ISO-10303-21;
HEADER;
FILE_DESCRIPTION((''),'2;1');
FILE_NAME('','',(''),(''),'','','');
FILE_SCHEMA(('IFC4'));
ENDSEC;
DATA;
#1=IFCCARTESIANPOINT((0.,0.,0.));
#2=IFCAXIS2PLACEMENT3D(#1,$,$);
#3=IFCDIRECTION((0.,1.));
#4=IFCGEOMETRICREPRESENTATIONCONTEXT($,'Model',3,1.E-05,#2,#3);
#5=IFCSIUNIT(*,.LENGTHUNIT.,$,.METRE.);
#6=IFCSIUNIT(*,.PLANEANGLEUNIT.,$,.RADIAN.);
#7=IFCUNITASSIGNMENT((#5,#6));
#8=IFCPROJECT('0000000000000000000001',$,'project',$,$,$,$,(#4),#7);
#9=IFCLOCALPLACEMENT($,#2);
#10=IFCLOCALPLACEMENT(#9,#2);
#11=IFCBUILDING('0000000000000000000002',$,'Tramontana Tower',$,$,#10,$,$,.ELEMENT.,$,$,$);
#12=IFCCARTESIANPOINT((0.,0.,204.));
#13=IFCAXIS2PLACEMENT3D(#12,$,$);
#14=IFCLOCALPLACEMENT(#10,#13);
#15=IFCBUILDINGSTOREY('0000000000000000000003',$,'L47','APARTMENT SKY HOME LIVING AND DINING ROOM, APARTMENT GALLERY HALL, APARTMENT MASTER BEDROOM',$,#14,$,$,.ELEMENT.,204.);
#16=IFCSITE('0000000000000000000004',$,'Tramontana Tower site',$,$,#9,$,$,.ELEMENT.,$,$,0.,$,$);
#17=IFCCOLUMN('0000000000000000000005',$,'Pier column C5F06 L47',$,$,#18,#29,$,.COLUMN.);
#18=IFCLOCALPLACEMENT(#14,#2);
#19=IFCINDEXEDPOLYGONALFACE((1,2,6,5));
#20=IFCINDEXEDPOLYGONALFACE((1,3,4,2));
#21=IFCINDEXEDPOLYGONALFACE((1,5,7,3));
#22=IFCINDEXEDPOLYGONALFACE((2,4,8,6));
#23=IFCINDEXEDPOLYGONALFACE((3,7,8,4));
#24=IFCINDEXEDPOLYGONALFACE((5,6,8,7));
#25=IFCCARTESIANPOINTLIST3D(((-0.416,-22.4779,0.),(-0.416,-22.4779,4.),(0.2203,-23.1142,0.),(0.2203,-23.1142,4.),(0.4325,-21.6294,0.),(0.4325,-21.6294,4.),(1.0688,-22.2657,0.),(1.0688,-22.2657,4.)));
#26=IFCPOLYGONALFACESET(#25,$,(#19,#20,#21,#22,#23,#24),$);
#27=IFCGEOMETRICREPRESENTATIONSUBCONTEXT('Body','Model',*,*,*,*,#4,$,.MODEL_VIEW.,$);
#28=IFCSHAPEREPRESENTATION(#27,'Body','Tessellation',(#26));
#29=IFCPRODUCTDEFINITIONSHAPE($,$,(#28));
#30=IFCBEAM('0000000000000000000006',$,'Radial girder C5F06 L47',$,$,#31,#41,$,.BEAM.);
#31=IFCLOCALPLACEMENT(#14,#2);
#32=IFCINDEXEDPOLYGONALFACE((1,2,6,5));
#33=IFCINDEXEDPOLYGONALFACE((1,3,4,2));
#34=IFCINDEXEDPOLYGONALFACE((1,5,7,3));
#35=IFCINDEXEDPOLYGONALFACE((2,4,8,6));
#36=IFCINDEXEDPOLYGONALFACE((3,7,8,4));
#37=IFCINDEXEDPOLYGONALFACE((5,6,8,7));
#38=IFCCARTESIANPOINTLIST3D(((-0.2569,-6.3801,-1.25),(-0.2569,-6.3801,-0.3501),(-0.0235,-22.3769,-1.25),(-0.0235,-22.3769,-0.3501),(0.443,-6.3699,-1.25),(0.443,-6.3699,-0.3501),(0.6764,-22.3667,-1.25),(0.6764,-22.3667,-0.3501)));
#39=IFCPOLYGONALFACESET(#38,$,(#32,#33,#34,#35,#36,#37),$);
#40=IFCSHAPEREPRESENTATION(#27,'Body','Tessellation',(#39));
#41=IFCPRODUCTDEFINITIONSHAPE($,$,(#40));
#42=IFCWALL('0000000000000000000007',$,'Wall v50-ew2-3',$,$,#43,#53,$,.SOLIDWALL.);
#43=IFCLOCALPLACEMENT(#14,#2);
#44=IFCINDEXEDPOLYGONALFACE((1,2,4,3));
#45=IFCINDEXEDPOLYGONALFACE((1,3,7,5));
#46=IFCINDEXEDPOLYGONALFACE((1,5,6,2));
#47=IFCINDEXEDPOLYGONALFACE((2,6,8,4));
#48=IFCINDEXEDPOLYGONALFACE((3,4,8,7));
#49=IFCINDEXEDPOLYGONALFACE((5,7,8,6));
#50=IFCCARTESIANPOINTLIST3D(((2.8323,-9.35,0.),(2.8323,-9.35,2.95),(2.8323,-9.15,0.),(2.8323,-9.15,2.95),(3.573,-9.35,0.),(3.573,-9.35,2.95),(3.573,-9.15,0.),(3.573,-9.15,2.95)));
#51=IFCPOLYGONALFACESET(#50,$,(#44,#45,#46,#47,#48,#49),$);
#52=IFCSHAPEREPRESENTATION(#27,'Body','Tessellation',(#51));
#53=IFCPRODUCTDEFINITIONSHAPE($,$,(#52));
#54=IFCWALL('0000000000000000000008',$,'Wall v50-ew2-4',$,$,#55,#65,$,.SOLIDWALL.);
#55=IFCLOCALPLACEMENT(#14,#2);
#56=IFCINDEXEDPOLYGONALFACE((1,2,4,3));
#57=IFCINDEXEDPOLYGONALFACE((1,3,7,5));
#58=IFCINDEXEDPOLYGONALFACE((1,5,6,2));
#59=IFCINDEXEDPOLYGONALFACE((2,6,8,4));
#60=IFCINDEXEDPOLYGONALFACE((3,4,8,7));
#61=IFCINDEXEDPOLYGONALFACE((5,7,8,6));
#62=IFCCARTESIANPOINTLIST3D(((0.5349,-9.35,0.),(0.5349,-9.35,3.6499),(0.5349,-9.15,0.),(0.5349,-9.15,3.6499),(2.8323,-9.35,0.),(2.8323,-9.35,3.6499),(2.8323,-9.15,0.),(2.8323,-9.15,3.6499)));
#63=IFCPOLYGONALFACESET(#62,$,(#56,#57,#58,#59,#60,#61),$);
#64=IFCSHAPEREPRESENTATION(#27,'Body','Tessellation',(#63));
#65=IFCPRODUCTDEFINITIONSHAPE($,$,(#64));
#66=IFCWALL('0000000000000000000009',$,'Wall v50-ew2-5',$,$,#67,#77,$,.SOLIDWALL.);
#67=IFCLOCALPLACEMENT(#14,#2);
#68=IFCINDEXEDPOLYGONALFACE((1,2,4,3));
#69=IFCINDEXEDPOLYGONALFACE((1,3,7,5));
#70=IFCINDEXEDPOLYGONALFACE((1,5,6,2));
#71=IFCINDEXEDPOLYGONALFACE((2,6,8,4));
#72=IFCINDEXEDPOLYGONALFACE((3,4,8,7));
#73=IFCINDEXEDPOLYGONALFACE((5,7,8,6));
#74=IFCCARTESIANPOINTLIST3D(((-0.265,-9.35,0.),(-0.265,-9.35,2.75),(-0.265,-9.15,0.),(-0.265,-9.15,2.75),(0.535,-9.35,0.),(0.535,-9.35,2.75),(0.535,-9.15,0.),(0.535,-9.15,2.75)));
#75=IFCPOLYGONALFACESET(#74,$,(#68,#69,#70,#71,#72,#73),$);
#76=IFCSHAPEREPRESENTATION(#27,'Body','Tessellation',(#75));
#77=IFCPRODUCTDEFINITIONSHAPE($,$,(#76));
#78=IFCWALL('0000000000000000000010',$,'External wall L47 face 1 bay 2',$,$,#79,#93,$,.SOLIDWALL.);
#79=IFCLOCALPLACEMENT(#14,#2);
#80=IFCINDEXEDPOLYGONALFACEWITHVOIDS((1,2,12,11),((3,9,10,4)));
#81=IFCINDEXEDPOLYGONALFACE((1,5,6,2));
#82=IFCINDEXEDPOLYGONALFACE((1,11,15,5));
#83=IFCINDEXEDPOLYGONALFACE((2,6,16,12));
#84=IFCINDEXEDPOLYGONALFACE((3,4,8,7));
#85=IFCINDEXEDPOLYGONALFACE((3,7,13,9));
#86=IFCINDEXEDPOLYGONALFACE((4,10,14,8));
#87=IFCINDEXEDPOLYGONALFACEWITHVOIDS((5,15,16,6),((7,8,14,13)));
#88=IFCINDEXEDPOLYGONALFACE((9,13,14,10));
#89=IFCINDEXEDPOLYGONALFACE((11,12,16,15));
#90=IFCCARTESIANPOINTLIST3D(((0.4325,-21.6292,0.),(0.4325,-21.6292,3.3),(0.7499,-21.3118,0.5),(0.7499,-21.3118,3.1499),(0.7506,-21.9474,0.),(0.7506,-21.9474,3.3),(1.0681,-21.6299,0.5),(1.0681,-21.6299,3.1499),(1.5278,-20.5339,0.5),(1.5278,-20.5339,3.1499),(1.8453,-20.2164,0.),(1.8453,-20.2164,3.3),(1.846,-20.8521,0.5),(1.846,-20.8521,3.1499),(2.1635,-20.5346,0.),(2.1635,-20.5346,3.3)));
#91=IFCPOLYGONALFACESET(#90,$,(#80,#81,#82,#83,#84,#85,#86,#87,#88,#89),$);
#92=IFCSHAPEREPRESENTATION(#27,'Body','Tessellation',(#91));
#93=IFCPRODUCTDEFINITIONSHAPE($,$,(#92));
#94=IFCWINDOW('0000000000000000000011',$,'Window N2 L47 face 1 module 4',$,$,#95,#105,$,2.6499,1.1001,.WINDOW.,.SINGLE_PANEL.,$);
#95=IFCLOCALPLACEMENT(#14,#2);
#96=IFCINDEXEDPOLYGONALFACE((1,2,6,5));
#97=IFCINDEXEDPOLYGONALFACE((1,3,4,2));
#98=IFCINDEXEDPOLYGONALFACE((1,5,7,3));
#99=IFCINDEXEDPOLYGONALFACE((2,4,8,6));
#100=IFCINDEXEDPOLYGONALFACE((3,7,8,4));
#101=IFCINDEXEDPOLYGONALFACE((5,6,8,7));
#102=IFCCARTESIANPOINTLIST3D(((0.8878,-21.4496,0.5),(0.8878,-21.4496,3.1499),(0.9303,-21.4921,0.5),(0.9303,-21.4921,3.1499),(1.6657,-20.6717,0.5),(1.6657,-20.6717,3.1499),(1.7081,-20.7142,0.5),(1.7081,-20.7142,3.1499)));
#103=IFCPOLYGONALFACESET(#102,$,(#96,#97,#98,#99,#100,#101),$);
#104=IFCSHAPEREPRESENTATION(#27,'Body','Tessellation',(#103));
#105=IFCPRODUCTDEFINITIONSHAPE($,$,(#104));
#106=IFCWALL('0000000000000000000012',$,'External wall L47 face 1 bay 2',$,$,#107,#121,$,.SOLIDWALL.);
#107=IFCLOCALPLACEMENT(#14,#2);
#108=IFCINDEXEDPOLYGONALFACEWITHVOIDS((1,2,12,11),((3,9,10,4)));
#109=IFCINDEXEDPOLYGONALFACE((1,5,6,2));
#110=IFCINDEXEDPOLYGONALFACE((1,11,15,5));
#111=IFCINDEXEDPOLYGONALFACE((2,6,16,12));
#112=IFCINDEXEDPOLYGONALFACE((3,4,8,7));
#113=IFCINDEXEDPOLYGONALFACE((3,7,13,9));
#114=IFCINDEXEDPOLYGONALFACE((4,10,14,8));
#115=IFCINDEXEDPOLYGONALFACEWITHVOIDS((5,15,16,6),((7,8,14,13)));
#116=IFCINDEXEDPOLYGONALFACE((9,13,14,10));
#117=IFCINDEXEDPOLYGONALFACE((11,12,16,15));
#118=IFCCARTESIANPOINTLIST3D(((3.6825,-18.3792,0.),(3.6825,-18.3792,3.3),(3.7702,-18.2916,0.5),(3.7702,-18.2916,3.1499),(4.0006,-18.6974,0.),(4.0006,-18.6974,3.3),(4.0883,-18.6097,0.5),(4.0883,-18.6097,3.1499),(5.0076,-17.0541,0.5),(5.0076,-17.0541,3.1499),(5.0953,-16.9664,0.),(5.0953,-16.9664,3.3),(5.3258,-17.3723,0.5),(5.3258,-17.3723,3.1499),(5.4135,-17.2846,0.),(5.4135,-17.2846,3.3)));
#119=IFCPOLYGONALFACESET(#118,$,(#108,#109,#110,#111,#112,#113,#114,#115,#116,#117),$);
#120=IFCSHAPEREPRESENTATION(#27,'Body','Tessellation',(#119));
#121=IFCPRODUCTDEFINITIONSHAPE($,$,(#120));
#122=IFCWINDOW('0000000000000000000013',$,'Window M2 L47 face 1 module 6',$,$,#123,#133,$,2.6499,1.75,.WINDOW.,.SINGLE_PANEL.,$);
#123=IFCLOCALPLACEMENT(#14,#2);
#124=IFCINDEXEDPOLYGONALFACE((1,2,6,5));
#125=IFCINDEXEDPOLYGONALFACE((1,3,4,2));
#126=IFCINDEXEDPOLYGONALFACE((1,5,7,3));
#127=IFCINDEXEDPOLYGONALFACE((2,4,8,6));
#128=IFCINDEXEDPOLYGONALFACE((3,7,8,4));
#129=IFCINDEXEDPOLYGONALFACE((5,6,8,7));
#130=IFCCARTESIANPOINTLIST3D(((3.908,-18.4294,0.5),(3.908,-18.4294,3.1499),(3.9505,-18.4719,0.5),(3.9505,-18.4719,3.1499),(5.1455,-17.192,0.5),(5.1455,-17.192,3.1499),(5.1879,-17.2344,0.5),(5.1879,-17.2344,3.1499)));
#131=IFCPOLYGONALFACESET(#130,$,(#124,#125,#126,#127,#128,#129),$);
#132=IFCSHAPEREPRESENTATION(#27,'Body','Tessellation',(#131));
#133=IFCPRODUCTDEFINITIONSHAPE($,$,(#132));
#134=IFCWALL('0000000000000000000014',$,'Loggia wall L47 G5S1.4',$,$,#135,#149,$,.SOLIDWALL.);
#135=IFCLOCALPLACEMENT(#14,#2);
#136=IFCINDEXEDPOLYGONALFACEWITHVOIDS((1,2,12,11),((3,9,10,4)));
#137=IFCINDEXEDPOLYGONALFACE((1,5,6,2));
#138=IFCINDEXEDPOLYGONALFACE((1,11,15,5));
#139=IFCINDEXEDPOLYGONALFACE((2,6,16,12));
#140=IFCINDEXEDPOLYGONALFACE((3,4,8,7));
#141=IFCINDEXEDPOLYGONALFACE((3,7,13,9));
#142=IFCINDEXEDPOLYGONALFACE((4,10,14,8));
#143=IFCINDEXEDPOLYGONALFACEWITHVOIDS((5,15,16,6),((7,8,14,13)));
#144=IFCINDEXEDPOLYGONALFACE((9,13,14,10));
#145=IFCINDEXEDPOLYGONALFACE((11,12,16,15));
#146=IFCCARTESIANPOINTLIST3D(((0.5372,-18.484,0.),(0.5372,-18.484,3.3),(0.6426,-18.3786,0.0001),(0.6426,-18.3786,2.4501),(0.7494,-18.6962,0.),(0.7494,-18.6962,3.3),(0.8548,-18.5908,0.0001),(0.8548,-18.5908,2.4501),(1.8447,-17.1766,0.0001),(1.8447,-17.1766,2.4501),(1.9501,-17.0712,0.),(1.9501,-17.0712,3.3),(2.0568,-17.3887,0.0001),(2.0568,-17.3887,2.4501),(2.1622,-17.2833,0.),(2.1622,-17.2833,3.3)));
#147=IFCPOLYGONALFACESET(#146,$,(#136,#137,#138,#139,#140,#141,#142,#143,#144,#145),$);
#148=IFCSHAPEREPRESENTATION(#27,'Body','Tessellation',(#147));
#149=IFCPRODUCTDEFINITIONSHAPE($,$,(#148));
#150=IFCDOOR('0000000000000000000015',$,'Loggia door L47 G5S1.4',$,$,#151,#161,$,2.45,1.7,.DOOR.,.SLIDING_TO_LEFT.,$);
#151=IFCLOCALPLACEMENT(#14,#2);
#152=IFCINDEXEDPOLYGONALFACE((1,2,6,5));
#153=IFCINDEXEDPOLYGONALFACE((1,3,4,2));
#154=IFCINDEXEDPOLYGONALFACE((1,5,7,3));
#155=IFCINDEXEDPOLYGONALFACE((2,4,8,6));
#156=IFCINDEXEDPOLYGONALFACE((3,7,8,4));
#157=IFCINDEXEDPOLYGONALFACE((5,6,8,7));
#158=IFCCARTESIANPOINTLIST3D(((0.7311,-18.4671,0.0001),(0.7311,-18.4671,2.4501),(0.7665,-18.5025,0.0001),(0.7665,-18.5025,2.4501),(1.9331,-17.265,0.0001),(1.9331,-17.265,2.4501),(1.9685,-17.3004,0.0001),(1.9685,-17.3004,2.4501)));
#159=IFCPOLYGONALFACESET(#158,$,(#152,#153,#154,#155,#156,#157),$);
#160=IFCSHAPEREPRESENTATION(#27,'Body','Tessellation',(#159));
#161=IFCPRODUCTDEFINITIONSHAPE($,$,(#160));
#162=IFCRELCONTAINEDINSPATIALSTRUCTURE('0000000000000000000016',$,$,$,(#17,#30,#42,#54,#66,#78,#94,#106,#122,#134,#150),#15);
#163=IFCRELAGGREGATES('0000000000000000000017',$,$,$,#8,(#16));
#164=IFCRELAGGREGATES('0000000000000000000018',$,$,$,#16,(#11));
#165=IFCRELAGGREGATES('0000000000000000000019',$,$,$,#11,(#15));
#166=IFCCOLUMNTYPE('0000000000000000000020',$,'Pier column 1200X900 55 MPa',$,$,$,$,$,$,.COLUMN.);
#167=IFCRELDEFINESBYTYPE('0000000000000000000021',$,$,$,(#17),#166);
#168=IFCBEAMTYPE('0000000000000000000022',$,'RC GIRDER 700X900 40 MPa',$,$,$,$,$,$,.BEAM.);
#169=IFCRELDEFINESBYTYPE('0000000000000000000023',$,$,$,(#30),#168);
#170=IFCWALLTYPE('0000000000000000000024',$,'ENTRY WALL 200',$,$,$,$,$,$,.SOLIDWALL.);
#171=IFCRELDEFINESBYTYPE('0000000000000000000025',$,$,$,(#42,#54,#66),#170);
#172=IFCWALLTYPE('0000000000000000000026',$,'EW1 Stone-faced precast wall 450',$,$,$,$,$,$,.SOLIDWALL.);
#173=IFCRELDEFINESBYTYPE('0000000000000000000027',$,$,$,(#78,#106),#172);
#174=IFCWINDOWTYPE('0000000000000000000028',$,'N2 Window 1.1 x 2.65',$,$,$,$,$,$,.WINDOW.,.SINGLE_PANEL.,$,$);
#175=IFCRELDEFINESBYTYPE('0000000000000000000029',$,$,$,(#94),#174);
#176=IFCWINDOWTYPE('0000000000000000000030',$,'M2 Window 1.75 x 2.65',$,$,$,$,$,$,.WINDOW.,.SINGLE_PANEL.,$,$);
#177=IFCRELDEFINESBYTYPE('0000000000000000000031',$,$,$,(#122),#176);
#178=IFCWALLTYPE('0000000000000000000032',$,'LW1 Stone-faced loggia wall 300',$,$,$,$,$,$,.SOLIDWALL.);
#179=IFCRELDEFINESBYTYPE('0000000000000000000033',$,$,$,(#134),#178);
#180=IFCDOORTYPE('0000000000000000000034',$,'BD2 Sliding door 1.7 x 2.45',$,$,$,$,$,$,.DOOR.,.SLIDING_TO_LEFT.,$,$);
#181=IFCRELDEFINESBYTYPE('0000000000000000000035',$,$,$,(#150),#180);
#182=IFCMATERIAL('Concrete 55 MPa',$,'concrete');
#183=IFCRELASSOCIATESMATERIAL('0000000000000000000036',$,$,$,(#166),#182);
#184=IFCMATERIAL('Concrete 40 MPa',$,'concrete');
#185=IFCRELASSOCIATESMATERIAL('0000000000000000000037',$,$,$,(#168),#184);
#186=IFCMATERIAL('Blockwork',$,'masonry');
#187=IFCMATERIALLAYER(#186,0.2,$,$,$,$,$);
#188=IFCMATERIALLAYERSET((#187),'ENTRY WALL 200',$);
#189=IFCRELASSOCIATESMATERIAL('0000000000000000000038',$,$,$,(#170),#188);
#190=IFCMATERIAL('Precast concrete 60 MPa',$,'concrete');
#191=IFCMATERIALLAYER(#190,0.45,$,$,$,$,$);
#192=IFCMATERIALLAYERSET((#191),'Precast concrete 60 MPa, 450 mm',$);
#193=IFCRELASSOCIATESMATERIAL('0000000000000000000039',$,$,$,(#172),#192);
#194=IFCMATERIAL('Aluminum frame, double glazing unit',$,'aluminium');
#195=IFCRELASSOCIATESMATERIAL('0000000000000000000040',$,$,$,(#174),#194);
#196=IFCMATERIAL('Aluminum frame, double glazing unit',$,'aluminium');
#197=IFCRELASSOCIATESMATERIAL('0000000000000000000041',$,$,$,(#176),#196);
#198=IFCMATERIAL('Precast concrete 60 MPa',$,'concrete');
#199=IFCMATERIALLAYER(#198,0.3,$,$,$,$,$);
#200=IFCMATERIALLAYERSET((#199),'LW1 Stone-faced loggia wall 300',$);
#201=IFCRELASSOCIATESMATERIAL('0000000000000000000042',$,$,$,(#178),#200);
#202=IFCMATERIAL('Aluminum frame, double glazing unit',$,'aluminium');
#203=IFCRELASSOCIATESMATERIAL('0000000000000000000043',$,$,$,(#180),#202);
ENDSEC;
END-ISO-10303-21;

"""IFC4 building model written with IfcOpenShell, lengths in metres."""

from ifc_helpers import new_model, si_unit, direction, frame, frame_2d, origin, origin_2d, place, context, subcontext, project, spatial, rectangle, extrude, material, layer, layer_set, material_profile, profile_set, type_object, element, fill, save


model = new_model("IFC4")

# Units and contexts
model_context = context("Model", 3, precision=1e-05, world=origin(), true_north=direction((0.0, 1.0)))
body_context = subcontext(model_context, "Body", "Model", "MODEL_VIEW")
ifc_project = project(units=[si_unit("LENGTHUNIT", "METRE"), si_unit("PLANEANGLEUNIT", "RADIAN")], contexts=[model_context])

# Site, building, storey
site_placement = place(None, origin())
site = spatial("IfcSite", under=ifc_project, at=site_placement, Name="Tramontana Tower site", CompositionType="ELEMENT", RefElevation=0.0)
building_placement = place(site_placement, origin())
building = spatial("IfcBuilding", under=site, at=building_placement, Name="Tramontana Tower", CompositionType="ELEMENT")
storey_placement = place(building_placement, frame((0.0, 0.0, 204.0)))
storey = spatial("IfcBuildingStorey", under=building, at=storey_placement, Name="L47", Description="APARTMENT SKY HOME LIVING AND DINING ROOM, APARTMENT GALLERY HALL, APARTMENT MASTER BEDROOM", CompositionType="ELEMENT", Elevation=204.0)

# Column
ifc_material_1 = material(Name="Concrete 55 MPa", Category="concrete")
ifc_material_profile_1 = material_profile(ifc_material_1, rectangle(XDim=1.2, YDim=0.8999, at=origin_2d()), Name="Pier column 1200X900 55 MPa")
ifc_profile_set_1 = profile_set([ifc_material_profile_1], Name="Concrete 55 MPa")
column_type = type_object("IfcColumnType", Name="Pier column 1200X900 55 MPa", PredefinedType="COLUMN", material=ifc_profile_set_1)
column_placement = place(storey_placement, frame((0.3264, -22.3718, 0.0), z_axis=(0.0, 0.0, 1.0), x_axis=(0.707107, 0.707107, 0.0)))
element("IfcColumn", 1, at=column_placement, inside=storey, type_object=column_type, Name="Pier column C5F06 L47", PredefinedType="COLUMN", context=body_context, shape_type="SweptSolid", body=[
    extrude(rectangle(XDim=1.2, YDim=0.8999, at=origin_2d()), origin(), (0.0, 0.0, 1.0), 4.0),
])

# Beam
ifc_material_2 = material(Name="Concrete 40 MPa", Category="concrete")
ifc_material_profile_2 = material_profile(ifc_material_2, rectangle(XDim=0.7, YDim=0.8999, at=origin_2d()), Name="RC GIRDER 700X900 40 MPa")
ifc_profile_set_2 = profile_set([ifc_material_profile_2], Name="Concrete 40 MPa")
beam_type = type_object("IfcBeamType", Name="RC GIRDER 700X900 40 MPa", PredefinedType="BEAM", material=ifc_profile_set_2)
beam_placement = place(storey_placement, frame((0.3264, -22.3718, -0.8), z_axis=(-0.014589, 0.999894, 0.0), x_axis=(-0.999894, -0.014589, 0.0)))
element("IfcBeam", 2, at=beam_placement, inside=storey, type_object=beam_type, Name="Radial girder C5F06 L47", PredefinedType="BEAM", context=body_context, shape_type="SweptSolid", body=[
    extrude(rectangle(XDim=0.7, YDim=0.8999, at=origin_2d()), origin(), (0.0, 0.0, 1.0), 15.9985),
])

# Walls
ifc_material_3 = material(Name="Blockwork", Category="masonry")
ifc_layer_1 = layer(ifc_material_3, 0.2)
ifc_layer_set_1 = layer_set([ifc_layer_1], Name="ENTRY WALL 200")
wall_type_1 = type_object("IfcWallType", Name="ENTRY WALL 200", PredefinedType="SOLIDWALL", material=ifc_layer_set_1)
wall_1_placement = place(storey_placement, frame((3.573, -9.25, 0.0), z_axis=(0.0, 0.0, 1.0), x_axis=(-1.0, 0.0, 0.0)))
element("IfcWall", 3, at=wall_1_placement, inside=storey, type_object=wall_type_1, Name="Wall v50-ew2-3", PredefinedType="SOLIDWALL", context=body_context, shape_type="SweptSolid", body=[
    extrude(rectangle(XDim=0.7407, YDim=0.2, at=frame_2d((0.3704, 0.0))), origin(), (0.0, 0.0, 1.0), 2.95),
])
wall_2_placement = place(storey_placement, frame((2.8323, -9.25, 0.0), z_axis=(0.0, 0.0, 1.0), x_axis=(-1.0, 0.0, 0.0)))
element("IfcWall", 4, at=wall_2_placement, inside=storey, type_object=wall_type_1, Name="Wall v50-ew2-4", PredefinedType="SOLIDWALL", context=body_context, shape_type="SweptSolid", body=[
    extrude(rectangle(XDim=2.2974, YDim=0.2, at=frame_2d((1.1487, 0.0))), origin(), (0.0, 0.0, 1.0), 3.6499),
])
wall_3_placement = place(storey_placement, frame((0.5349, -9.25, 0.0), z_axis=(0.0, 0.0, 1.0), x_axis=(-1.0, 0.0, 0.0)))
element("IfcWall", 5, at=wall_3_placement, inside=storey, type_object=wall_type_1, Name="Wall v50-ew2-5", PredefinedType="SOLIDWALL", context=body_context, shape_type="SweptSolid", body=[
    extrude(rectangle(XDim=0.8, YDim=0.2, at=frame_2d((0.3999, 0.0))), origin(), (0.0, 0.0, 1.0), 2.75),
])

# Walls, openings, windows
ifc_material_4 = material(Name="Precast concrete 60 MPa", Category="concrete")
ifc_layer_2 = layer(ifc_material_4, 0.45)
ifc_layer_set_2 = layer_set([ifc_layer_2], Name="Precast concrete 60 MPa, 450 mm")
wall_type_2 = type_object("IfcWallType", Name="EW1 Stone-faced precast wall 450", PredefinedType="SOLIDWALL", material=ifc_layer_set_2)
wall_4_placement = place(storey_placement, frame((0.5916, -21.7883, 0.0), z_axis=(0.0, 0.0, 1.0), x_axis=(0.707107, 0.707107, 0.0)))
wall_4 = element("IfcWall", 6, at=wall_4_placement, inside=storey, type_object=wall_type_2, Name="External wall L47 face 1 bay 2", PredefinedType="SOLIDWALL", context=body_context, shape_type="SweptSolid", body=[
    extrude(rectangle(XDim=1.998, YDim=0.45, at=frame_2d((0.999, 0.0))), origin(), (0.0, 0.0, 1.0), 3.3),
])
opening_1_placement = place(wall_4_placement, frame((0.449, 0.0, 0.5)))
opening_1 = element("IfcOpeningElement", 7, at=opening_1_placement, cuts=wall_4, PredefinedType="OPENING", context=body_context, shape_type="SweptSolid", body=[
    extrude(rectangle(XDim=1.1001, YDim=2.6499, at=frame_2d((0.55, 1.325))), frame((0.0, 0.2349, 0.0), z_axis=(0.0, -1.0, 0.0), x_axis=(1.0, 0.0, 0.0)), (0.0, 0.0, 1.0), 0.47),
])
ifc_material_5 = material(Name="Aluminum frame, double glazing unit", Category="aluminium")
window_type_1 = type_object("IfcWindowType", Name="N2 Window 1.1 x 2.65", PartitioningType="SINGLE_PANEL", PredefinedType="WINDOW", material=ifc_material_5)
window_1_placement = place(opening_1_placement, origin())
window_1 = element("IfcWindow", 8, at=window_1_placement, inside=storey, type_object=window_type_1, Name="Window N2 L47 face 1 module 4", OverallHeight=2.6499, OverallWidth=1.1001, PartitioningType="SINGLE_PANEL", PredefinedType="WINDOW", context=body_context, shape_type="SweptSolid", body=[
    extrude(rectangle(XDim=1.1001, YDim=2.6499, at=frame_2d((0.55, 1.325))), frame((0.0, 0.03, 0.0), z_axis=(0.0, -1.0, 0.0), x_axis=(1.0, 0.0, 0.0)), (0.0, 0.0, 1.0), 0.0601),
])
fill(opening_1, window_1)
wall_5_placement = place(storey_placement, frame((3.8416, -18.5383, 0.0), z_axis=(0.0, 0.0, 1.0), x_axis=(0.707107, 0.707107, 0.0)))
wall_5 = element("IfcWall", 9, at=wall_5_placement, inside=storey, type_object=wall_type_2, Name="External wall L47 face 1 bay 2", PredefinedType="SOLIDWALL", context=body_context, shape_type="SweptSolid", body=[
    extrude(rectangle(XDim=1.998, YDim=0.45, at=frame_2d((0.999, 0.0))), origin(), (0.0, 0.0, 1.0), 3.3),
])
opening_2_placement = place(wall_5_placement, frame((0.124, 0.0, 0.5)))
opening_2 = element("IfcOpeningElement", 10, at=opening_2_placement, cuts=wall_5, PredefinedType="OPENING", context=body_context, shape_type="SweptSolid", body=[
    extrude(rectangle(XDim=1.75, YDim=2.6499, at=frame_2d((0.875, 1.325))), frame((0.0, 0.2349, 0.0), z_axis=(0.0, -1.0, 0.0), x_axis=(1.0, 0.0, 0.0)), (0.0, 0.0, 1.0), 0.47),
])
ifc_material_6 = material(Name="Aluminum frame, double glazing unit", Category="aluminium")
window_type_2 = type_object("IfcWindowType", Name="M2 Window 1.75 x 2.65", PartitioningType="SINGLE_PANEL", PredefinedType="WINDOW", material=ifc_material_6)
window_2_placement = place(opening_2_placement, origin())
window_2 = element("IfcWindow", 11, at=window_2_placement, inside=storey, type_object=window_type_2, Name="Window M2 L47 face 1 module 6", OverallHeight=2.6499, OverallWidth=1.75, PartitioningType="SINGLE_PANEL", PredefinedType="WINDOW", context=body_context, shape_type="SweptSolid", body=[
    extrude(rectangle(XDim=1.75, YDim=2.6499, at=frame_2d((0.875, 1.325))), frame((0.0, 0.03, 0.0), z_axis=(0.0, -1.0, 0.0), x_axis=(1.0, 0.0, 0.0)), (0.0, 0.0, 1.0), 0.0601),
])
fill(opening_2, window_2)

# Wall, opening, door
ifc_material_7 = material(Name="Precast concrete 60 MPa", Category="concrete")
ifc_layer_3 = layer(ifc_material_7, 0.3)
ifc_layer_set_3 = layer_set([ifc_layer_3], Name="LW1 Stone-faced loggia wall 300")
wall_type_3 = type_object("IfcWallType", Name="LW1 Stone-faced loggia wall 300", PredefinedType="SOLIDWALL", material=ifc_layer_set_3)
wall_6_placement = place(storey_placement, frame((0.6433, -18.5901, 0.0), z_axis=(0.0, 0.0, 1.0), x_axis=(0.707107, 0.707107, 0.0)))
wall_6 = element("IfcWall", 12, at=wall_6_placement, inside=storey, type_object=wall_type_3, Name="Loggia wall L47 G5S1.4", PredefinedType="SOLIDWALL", context=body_context, shape_type="SweptSolid", body=[
    extrude(rectangle(XDim=1.998, YDim=0.3, at=frame_2d((0.999, 0.0))), origin(), (0.0, 0.0, 1.0), 3.3),
])
opening_3_placement = place(wall_6_placement, frame((0.1489, 0.0, 0.0)))
opening_3 = element("IfcOpeningElement", 13, at=opening_3_placement, cuts=wall_6, PredefinedType="OPENING", context=body_context, shape_type="SweptSolid", body=[
    extrude(rectangle(XDim=1.7, YDim=2.45, at=frame_2d((0.8501, 1.2251))), frame((0.0, 0.1599, 0.0), z_axis=(0.0, -1.0, 0.0), x_axis=(1.0, 0.0, 0.0)), (0.0, 0.0, 1.0), 0.3201),
])
ifc_material_8 = material(Name="Aluminum frame, double glazing unit", Category="aluminium")
door_type_1 = type_object("IfcDoorType", Name="BD2 Sliding door 1.7 x 2.45", OperationType="SLIDING_TO_LEFT", PredefinedType="DOOR", material=ifc_material_8)
door_1_placement = place(opening_3_placement, origin())
door_1 = element("IfcDoor", 14, at=door_1_placement, inside=storey, type_object=door_type_1, Name="Loggia door L47 G5S1.4", OperationType="SLIDING_TO_LEFT", OverallHeight=2.45, OverallWidth=1.7, PredefinedType="DOOR", context=body_context, shape_type="SweptSolid", body=[
    extrude(rectangle(XDim=1.7, YDim=2.45, at=frame_2d((0.8501, 1.2251))), frame((0.0, 0.0249, 0.0), z_axis=(0.0, -1.0, 0.0), x_axis=(1.0, 0.0, 0.0)), (0.0, 0.0, 1.0), 0.05),
])
fill(opening_3, door_1)

save(model, "model.ifc")
